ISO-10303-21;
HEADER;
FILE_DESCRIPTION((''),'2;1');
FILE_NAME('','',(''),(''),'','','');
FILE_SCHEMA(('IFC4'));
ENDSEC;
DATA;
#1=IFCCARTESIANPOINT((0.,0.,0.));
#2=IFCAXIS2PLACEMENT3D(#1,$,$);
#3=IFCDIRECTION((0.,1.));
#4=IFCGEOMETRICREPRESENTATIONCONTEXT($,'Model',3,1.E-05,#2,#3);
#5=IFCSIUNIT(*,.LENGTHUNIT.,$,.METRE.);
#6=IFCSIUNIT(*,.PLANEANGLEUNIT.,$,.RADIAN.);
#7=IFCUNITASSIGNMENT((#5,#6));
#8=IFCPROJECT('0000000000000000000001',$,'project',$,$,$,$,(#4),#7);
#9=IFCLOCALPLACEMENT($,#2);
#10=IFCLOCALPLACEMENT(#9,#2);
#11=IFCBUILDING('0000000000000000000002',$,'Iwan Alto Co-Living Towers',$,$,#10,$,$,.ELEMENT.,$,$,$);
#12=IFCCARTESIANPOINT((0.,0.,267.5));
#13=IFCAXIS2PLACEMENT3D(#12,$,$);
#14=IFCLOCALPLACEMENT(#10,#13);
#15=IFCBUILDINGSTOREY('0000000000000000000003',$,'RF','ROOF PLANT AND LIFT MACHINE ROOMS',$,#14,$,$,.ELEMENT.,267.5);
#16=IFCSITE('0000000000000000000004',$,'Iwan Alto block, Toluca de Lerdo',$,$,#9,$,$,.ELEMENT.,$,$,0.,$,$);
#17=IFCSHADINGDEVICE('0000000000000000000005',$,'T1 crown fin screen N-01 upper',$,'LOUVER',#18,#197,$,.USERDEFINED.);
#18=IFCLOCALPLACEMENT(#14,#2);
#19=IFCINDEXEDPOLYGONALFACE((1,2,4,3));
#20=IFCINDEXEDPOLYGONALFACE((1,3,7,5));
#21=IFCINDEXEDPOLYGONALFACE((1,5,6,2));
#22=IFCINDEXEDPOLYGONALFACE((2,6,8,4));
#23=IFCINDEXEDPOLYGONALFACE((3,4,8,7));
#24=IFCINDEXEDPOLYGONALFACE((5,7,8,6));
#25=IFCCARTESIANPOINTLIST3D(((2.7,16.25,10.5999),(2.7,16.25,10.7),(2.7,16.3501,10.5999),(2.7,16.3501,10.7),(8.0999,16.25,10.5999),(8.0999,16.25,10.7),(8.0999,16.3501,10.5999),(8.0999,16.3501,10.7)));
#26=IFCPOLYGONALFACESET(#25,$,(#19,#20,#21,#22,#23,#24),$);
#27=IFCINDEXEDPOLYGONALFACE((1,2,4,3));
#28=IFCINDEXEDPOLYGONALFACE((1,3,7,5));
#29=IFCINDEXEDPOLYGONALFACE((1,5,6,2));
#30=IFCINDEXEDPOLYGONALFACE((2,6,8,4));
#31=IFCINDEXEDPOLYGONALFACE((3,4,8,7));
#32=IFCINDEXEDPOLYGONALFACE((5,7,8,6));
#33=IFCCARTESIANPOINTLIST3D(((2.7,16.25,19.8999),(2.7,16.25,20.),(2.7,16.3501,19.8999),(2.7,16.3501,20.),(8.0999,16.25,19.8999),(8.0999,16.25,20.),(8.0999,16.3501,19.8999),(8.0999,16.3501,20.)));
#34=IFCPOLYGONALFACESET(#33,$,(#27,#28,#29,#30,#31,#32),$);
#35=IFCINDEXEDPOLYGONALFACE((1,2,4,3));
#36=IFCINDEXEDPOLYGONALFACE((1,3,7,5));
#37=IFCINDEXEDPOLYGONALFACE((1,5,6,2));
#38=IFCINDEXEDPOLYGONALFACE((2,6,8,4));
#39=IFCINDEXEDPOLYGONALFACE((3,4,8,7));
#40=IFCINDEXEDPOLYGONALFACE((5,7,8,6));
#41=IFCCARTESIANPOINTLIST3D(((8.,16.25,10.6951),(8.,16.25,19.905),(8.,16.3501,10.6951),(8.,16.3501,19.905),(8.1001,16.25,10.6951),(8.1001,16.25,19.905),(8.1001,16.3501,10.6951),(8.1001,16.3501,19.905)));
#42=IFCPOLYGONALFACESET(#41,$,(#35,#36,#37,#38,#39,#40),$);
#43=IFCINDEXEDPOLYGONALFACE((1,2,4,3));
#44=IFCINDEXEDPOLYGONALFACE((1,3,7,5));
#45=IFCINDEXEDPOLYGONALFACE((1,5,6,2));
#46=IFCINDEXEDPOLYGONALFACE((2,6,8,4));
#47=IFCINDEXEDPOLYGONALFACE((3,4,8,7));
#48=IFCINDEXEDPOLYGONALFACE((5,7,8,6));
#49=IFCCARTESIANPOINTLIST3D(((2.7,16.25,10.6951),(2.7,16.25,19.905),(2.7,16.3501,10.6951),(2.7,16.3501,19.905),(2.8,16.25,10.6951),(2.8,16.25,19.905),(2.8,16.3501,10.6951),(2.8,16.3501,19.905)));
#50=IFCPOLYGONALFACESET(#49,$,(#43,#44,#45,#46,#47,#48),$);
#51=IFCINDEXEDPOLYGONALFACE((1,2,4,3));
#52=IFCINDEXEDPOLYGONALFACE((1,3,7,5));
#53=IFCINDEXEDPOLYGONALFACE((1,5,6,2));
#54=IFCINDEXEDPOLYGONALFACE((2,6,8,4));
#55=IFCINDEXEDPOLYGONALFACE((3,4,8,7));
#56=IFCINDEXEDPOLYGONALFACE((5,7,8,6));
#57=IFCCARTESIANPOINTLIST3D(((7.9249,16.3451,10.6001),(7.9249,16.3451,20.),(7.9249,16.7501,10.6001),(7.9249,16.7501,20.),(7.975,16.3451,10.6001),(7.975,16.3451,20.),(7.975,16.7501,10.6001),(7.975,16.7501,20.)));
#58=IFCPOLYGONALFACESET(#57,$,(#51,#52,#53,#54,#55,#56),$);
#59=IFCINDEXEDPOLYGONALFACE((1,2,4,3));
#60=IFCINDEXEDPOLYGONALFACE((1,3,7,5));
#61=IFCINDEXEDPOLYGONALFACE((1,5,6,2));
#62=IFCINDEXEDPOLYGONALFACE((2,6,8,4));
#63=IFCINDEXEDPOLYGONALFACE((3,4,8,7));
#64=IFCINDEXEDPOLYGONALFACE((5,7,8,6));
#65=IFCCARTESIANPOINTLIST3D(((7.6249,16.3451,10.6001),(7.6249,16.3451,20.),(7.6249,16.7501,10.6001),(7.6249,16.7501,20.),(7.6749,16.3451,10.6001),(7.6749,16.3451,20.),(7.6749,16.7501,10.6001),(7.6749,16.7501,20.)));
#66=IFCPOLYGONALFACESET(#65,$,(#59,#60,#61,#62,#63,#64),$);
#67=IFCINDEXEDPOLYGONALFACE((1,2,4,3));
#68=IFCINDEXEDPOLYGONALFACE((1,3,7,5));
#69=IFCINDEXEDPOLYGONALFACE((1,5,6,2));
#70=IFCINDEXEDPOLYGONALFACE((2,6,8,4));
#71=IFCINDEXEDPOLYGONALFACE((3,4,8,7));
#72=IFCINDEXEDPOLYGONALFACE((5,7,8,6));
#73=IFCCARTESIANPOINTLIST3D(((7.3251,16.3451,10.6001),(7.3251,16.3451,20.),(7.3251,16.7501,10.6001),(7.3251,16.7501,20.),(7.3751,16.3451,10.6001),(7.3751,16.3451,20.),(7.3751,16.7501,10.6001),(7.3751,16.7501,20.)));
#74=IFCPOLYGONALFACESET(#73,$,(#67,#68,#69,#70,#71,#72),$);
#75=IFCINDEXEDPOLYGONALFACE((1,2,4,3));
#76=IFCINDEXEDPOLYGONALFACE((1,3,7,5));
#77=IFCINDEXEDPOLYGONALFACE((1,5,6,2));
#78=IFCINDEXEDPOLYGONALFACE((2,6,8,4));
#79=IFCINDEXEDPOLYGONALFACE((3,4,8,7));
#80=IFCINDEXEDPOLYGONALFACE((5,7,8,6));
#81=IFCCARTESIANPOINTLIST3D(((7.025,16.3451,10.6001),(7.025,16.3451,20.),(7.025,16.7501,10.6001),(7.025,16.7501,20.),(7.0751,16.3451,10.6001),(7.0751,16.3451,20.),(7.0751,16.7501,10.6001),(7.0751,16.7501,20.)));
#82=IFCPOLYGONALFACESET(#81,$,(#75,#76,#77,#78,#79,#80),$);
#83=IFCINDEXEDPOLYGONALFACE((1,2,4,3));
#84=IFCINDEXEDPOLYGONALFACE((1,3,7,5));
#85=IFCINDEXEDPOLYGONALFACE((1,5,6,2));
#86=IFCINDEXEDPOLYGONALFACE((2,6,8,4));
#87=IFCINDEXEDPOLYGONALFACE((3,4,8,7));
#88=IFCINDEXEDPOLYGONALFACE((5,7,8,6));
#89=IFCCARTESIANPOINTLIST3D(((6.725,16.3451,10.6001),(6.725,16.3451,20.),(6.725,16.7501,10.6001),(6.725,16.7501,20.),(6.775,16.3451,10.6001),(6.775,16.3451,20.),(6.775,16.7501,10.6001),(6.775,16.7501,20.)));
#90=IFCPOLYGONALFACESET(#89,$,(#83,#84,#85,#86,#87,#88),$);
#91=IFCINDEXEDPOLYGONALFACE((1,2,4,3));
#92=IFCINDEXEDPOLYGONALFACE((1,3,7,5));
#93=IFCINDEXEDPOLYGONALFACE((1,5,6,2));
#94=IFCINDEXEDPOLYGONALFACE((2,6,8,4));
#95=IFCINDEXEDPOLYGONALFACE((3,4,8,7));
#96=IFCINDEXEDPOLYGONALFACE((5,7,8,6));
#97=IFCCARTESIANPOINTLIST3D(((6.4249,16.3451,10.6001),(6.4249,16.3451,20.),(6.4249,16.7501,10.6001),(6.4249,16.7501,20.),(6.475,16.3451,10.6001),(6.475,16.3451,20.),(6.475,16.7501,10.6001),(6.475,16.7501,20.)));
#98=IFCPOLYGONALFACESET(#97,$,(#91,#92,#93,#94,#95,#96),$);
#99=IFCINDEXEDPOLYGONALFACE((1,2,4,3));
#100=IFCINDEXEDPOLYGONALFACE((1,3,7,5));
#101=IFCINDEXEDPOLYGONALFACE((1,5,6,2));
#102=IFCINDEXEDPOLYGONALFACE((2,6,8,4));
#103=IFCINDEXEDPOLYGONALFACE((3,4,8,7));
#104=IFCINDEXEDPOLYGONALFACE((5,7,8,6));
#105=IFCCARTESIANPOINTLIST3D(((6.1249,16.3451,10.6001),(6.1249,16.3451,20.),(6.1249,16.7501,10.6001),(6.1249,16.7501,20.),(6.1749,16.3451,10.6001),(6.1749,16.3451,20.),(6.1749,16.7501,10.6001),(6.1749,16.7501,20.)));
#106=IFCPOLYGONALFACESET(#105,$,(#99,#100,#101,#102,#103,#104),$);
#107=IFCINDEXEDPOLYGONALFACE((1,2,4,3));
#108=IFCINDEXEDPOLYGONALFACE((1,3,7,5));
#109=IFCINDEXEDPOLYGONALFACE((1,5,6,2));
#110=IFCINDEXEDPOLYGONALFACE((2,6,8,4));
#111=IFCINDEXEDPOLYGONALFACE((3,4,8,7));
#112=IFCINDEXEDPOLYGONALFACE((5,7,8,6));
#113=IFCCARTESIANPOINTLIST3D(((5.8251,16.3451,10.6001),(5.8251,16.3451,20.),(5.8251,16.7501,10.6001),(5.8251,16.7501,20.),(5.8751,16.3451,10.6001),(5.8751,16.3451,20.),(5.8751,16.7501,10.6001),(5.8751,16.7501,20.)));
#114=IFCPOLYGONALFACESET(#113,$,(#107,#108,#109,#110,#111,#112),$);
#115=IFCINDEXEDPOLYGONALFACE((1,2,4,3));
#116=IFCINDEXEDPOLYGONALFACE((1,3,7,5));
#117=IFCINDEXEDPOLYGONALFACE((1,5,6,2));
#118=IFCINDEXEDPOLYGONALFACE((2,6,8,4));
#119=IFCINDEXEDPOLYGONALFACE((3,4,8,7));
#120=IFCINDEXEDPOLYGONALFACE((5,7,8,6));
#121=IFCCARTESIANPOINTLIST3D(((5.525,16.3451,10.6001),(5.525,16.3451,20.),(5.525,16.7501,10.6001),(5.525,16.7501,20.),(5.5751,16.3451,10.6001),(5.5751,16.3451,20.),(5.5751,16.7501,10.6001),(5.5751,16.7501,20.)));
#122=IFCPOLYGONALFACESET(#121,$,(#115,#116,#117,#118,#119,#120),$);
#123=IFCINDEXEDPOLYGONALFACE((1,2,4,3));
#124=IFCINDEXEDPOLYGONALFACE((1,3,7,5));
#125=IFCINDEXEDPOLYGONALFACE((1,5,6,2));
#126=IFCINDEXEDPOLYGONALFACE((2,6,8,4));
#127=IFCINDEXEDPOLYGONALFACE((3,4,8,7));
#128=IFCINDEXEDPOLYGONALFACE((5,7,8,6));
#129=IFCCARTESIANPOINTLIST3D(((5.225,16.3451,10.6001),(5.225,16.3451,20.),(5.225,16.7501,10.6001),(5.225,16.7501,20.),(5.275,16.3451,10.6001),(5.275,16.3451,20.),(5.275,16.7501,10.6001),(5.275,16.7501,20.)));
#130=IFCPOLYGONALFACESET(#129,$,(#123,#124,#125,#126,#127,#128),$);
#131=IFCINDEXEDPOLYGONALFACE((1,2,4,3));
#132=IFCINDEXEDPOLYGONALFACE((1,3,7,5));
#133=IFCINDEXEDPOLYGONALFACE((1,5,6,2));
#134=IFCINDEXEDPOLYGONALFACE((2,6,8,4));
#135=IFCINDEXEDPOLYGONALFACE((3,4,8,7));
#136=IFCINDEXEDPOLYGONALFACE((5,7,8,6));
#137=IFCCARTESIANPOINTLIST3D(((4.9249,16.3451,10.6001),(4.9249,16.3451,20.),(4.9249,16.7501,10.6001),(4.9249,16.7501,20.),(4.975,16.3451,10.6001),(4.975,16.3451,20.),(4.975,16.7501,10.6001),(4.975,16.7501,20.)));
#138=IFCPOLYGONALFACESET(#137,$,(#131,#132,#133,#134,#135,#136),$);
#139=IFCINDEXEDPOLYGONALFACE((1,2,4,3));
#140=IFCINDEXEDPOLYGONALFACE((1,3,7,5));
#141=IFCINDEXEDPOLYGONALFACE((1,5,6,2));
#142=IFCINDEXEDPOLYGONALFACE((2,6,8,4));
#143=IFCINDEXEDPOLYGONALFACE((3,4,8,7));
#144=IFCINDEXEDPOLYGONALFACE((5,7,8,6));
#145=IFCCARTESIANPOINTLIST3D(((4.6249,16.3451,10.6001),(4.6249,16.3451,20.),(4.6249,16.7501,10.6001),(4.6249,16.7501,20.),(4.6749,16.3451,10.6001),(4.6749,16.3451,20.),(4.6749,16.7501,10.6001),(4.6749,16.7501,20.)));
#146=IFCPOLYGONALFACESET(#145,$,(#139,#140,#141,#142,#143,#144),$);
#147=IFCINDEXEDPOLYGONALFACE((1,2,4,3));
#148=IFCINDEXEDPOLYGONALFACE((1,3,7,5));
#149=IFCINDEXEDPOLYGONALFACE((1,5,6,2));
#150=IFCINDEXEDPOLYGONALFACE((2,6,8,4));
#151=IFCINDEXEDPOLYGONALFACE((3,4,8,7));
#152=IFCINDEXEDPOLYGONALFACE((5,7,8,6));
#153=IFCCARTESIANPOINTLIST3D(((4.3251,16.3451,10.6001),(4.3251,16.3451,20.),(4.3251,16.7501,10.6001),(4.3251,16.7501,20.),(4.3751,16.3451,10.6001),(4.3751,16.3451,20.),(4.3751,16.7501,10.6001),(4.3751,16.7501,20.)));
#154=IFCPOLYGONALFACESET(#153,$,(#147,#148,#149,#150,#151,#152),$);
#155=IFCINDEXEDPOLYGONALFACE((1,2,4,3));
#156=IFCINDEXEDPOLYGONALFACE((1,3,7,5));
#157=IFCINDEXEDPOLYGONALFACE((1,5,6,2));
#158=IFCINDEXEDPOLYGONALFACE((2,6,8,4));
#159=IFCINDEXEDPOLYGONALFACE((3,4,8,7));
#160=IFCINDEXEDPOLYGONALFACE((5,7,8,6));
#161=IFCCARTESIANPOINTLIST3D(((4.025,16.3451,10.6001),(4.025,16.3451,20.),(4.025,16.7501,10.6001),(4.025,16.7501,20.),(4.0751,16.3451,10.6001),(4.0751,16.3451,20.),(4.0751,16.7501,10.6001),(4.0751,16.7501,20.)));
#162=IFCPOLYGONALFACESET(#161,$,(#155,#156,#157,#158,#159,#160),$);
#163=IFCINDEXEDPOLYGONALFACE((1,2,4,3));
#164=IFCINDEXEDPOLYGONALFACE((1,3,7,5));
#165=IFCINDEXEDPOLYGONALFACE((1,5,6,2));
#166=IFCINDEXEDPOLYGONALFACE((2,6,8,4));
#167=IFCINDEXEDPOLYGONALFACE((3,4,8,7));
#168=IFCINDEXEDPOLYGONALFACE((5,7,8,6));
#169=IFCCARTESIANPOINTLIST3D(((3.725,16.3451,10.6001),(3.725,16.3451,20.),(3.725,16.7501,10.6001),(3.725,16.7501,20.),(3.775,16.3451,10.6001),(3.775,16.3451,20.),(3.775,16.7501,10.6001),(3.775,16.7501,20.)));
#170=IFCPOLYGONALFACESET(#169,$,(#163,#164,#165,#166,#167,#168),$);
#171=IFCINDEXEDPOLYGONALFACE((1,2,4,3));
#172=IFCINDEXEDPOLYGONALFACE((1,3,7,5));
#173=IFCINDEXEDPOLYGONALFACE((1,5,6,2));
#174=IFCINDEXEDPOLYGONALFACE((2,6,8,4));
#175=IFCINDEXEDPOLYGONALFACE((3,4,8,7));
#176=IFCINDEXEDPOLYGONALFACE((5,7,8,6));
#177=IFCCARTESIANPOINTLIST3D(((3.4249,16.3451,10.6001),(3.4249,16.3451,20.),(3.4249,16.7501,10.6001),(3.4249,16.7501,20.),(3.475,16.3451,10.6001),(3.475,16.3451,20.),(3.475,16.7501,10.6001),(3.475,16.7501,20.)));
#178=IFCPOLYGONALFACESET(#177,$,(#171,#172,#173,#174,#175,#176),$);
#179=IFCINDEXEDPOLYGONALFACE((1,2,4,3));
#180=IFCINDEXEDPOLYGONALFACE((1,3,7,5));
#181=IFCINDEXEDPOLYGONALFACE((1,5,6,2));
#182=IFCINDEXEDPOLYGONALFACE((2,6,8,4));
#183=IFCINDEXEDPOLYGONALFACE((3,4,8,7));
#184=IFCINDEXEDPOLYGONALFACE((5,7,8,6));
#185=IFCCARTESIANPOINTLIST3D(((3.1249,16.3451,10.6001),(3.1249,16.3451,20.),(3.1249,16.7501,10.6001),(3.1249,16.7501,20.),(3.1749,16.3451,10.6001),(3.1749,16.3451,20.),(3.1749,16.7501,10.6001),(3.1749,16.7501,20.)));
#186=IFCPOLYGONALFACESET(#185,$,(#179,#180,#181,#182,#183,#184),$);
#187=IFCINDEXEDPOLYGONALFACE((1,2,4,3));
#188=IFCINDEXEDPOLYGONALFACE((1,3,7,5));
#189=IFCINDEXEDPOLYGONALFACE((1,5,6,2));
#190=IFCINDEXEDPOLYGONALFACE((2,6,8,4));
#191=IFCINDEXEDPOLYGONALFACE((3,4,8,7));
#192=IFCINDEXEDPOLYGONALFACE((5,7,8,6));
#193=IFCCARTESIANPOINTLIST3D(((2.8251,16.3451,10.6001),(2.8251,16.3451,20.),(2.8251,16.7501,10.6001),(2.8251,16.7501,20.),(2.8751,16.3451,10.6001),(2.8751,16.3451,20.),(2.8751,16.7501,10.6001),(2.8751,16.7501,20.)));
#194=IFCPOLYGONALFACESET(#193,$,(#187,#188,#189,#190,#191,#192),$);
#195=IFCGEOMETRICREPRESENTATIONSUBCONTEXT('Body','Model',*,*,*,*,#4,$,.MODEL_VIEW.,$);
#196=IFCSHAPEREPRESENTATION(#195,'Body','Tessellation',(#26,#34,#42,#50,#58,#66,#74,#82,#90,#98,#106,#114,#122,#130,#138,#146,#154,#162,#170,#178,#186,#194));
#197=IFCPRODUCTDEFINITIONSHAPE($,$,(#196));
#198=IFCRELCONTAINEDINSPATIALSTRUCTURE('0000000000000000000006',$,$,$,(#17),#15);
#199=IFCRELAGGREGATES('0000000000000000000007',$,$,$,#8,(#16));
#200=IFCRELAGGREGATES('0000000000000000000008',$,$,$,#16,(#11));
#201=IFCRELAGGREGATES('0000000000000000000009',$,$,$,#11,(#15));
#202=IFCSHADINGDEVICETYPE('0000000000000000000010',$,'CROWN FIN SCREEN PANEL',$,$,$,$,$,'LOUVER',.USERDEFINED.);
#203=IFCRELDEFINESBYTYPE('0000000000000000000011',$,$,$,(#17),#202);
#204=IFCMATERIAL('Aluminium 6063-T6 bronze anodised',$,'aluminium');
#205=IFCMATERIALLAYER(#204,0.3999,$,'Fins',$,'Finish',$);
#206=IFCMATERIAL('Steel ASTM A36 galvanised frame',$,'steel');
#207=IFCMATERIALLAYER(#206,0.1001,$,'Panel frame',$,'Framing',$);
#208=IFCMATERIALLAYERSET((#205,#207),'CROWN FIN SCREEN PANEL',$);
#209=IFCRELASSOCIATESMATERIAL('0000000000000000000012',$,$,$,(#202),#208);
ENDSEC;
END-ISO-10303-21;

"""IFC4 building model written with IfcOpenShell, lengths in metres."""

from ifc_helpers import new_model, si_unit, direction, frame, origin, origin_2d, place, context, subcontext, project, spatial, rectangle, extrude, material, layer, layer_set, type_object, element, save


model = new_model("IFC4")

# Units and contexts
model_context = context("Model", 3, precision=1e-05, world=origin(), true_north=direction((0.0, 1.0)))
body_context = subcontext(model_context, "Body", "Model", "MODEL_VIEW")
ifc_project = project(units=[si_unit("LENGTHUNIT", "METRE"), si_unit("PLANEANGLEUNIT", "RADIAN")], contexts=[model_context])

# Site, building, storey
site_placement = place(None, origin())
site = spatial("IfcSite", under=ifc_project, at=site_placement, Name="Iwan Alto block, Toluca de Lerdo", CompositionType="ELEMENT", RefElevation=0.0)
building_placement = place(site_placement, origin())
building = spatial("IfcBuilding", under=site, at=building_placement, Name="Iwan Alto Co-Living Towers", CompositionType="ELEMENT")
storey_placement = place(building_placement, frame((0.0, 0.0, 267.5)))
storey = spatial("IfcBuildingStorey", under=building, at=storey_placement, Name="RF", Description="ROOF PLANT AND LIFT MACHINE ROOMS", CompositionType="ELEMENT", Elevation=267.5)

# Shading device
ifc_material_1 = material(Name="Aluminium 6063-T6 bronze anodised", Category="aluminium")
ifc_layer_1 = layer(ifc_material_1, 0.3999, Name="Fins", Category="Finish")
ifc_material_2 = material(Name="Steel ASTM A36 galvanised frame", Category="steel")
ifc_layer_2 = layer(ifc_material_2, 0.1001, Name="Panel frame", Category="Framing")
ifc_layer_set = layer_set([ifc_layer_1, ifc_layer_2], Name="CROWN FIN SCREEN PANEL")
shading_device_type = type_object("IfcShadingDeviceType", Name="CROWN FIN SCREEN PANEL", ElementType="LOUVER", PredefinedType="USERDEFINED", material=ifc_layer_set)
shading_device_1_placement = place(storey_placement, frame((0.0, 0.0, -267.5)))
element("IfcShadingDevice", 1, at=shading_device_1_placement, inside=storey, type_object=shading_device_type, Name="T1 crown fin screen N-01 upper", ObjectType="LOUVER", PredefinedType="USERDEFINED", context=body_context, shape_type="SweptSolid", body=[
    extrude(rectangle(XDim=5.3999, YDim=0.1001, at=origin_2d()), frame((5.3999, 16.3, 278.0999), z_axis=(0.0, 0.0, 1.0), x_axis=(-1.0, 0.0, 0.0)), (0.0, 0.0, 1.0), 0.1001),
    extrude(rectangle(XDim=5.3999, YDim=0.1001, at=origin_2d()), frame((5.3999, 16.3, 287.3999), z_axis=(0.0, 0.0, 1.0), x_axis=(-1.0, 0.0, 0.0)), (0.0, 0.0, 1.0), 0.1001),
    extrude(rectangle(XDim=0.1001, YDim=0.1001, at=origin_2d()), frame((8.05, 16.3, 278.1951), z_axis=(0.0, 0.0, 1.0), x_axis=(-1.0, 0.0, 0.0)), (0.0, 0.0, 1.0), 9.21),
    extrude(rectangle(XDim=0.1001, YDim=0.1001, at=origin_2d()), frame((2.75, 16.3, 278.1951), z_axis=(0.0, 0.0, 1.0), x_axis=(-1.0, 0.0, 0.0)), (0.0, 0.0, 1.0), 9.21),
    extrude(rectangle(XDim=0.05, YDim=0.405, at=origin_2d()), frame((7.95, 16.5476, 278.1001), z_axis=(0.0, 0.0, 1.0), x_axis=(-1.0, 0.0, 0.0)), (0.0, 0.0, 1.0), 9.3999),
    extrude(rectangle(XDim=0.05, YDim=0.405, at=origin_2d()), frame((7.6499, 16.5476, 278.1001), z_axis=(0.0, 0.0, 1.0), x_axis=(-1.0, 0.0, 0.0)), (0.0, 0.0, 1.0), 9.3999),
    extrude(rectangle(XDim=0.05, YDim=0.405, at=origin_2d()), frame((7.3501, 16.5476, 278.1001), z_axis=(0.0, 0.0, 1.0), x_axis=(-1.0, 0.0, 0.0)), (0.0, 0.0, 1.0), 9.3999),
    extrude(rectangle(XDim=0.05, YDim=0.405, at=origin_2d()), frame((7.05, 16.5476, 278.1001), z_axis=(0.0, 0.0, 1.0), x_axis=(-1.0, 0.0, 0.0)), (0.0, 0.0, 1.0), 9.3999),
    extrude(rectangle(XDim=0.05, YDim=0.405, at=origin_2d()), frame((6.75, 16.5476, 278.1001), z_axis=(0.0, 0.0, 1.0), x_axis=(-1.0, 0.0, 0.0)), (0.0, 0.0, 1.0), 9.3999),
    extrude(rectangle(XDim=0.05, YDim=0.405, at=origin_2d()), frame((6.45, 16.5476, 278.1001), z_axis=(0.0, 0.0, 1.0), x_axis=(-1.0, 0.0, 0.0)), (0.0, 0.0, 1.0), 9.3999),
    extrude(rectangle(XDim=0.05, YDim=0.405, at=origin_2d()), frame((6.1499, 16.5476, 278.1001), z_axis=(0.0, 0.0, 1.0), x_axis=(-1.0, 0.0, 0.0)), (0.0, 0.0, 1.0), 9.3999),
    extrude(rectangle(XDim=0.05, YDim=0.405, at=origin_2d()), frame((5.8501, 16.5476, 278.1001), z_axis=(0.0, 0.0, 1.0), x_axis=(-1.0, 0.0, 0.0)), (0.0, 0.0, 1.0), 9.3999),
    extrude(rectangle(XDim=0.05, YDim=0.405, at=origin_2d()), frame((5.55, 16.5476, 278.1001), z_axis=(0.0, 0.0, 1.0), x_axis=(-1.0, 0.0, 0.0)), (0.0, 0.0, 1.0), 9.3999),
    extrude(rectangle(XDim=0.05, YDim=0.405, at=origin_2d()), frame((5.25, 16.5476, 278.1001), z_axis=(0.0, 0.0, 1.0), x_axis=(-1.0, 0.0, 0.0)), (0.0, 0.0, 1.0), 9.3999),
    extrude(rectangle(XDim=0.05, YDim=0.405, at=origin_2d()), frame((4.95, 16.5476, 278.1001), z_axis=(0.0, 0.0, 1.0), x_axis=(-1.0, 0.0, 0.0)), (0.0, 0.0, 1.0), 9.3999),
    extrude(rectangle(XDim=0.05, YDim=0.405, at=origin_2d()), frame((4.6499, 16.5476, 278.1001), z_axis=(0.0, 0.0, 1.0), x_axis=(-1.0, 0.0, 0.0)), (0.0, 0.0, 1.0), 9.3999),
    extrude(rectangle(XDim=0.05, YDim=0.405, at=origin_2d()), frame((4.3501, 16.5476, 278.1001), z_axis=(0.0, 0.0, 1.0), x_axis=(-1.0, 0.0, 0.0)), (0.0, 0.0, 1.0), 9.3999),
    extrude(rectangle(XDim=0.05, YDim=0.405, at=origin_2d()), frame((4.05, 16.5476, 278.1001), z_axis=(0.0, 0.0, 1.0), x_axis=(-1.0, 0.0, 0.0)), (0.0, 0.0, 1.0), 9.3999),
    extrude(rectangle(XDim=0.05, YDim=0.405, at=origin_2d()), frame((3.75, 16.5476, 278.1001), z_axis=(0.0, 0.0, 1.0), x_axis=(-1.0, 0.0, 0.0)), (0.0, 0.0, 1.0), 9.3999),
    extrude(rectangle(XDim=0.05, YDim=0.405, at=origin_2d()), frame((3.45, 16.5476, 278.1001), z_axis=(0.0, 0.0, 1.0), x_axis=(-1.0, 0.0, 0.0)), (0.0, 0.0, 1.0), 9.3999),
    extrude(rectangle(XDim=0.05, YDim=0.405, at=origin_2d()), frame((3.1499, 16.5476, 278.1001), z_axis=(0.0, 0.0, 1.0), x_axis=(-1.0, 0.0, 0.0)), (0.0, 0.0, 1.0), 9.3999),
    extrude(rectangle(XDim=0.05, YDim=0.405, at=origin_2d()), frame((2.8501, 16.5476, 278.1001), z_axis=(0.0, 0.0, 1.0), x_axis=(-1.0, 0.0, 0.0)), (0.0, 0.0, 1.0), 9.3999),
])

save(model, "model.ifc")
